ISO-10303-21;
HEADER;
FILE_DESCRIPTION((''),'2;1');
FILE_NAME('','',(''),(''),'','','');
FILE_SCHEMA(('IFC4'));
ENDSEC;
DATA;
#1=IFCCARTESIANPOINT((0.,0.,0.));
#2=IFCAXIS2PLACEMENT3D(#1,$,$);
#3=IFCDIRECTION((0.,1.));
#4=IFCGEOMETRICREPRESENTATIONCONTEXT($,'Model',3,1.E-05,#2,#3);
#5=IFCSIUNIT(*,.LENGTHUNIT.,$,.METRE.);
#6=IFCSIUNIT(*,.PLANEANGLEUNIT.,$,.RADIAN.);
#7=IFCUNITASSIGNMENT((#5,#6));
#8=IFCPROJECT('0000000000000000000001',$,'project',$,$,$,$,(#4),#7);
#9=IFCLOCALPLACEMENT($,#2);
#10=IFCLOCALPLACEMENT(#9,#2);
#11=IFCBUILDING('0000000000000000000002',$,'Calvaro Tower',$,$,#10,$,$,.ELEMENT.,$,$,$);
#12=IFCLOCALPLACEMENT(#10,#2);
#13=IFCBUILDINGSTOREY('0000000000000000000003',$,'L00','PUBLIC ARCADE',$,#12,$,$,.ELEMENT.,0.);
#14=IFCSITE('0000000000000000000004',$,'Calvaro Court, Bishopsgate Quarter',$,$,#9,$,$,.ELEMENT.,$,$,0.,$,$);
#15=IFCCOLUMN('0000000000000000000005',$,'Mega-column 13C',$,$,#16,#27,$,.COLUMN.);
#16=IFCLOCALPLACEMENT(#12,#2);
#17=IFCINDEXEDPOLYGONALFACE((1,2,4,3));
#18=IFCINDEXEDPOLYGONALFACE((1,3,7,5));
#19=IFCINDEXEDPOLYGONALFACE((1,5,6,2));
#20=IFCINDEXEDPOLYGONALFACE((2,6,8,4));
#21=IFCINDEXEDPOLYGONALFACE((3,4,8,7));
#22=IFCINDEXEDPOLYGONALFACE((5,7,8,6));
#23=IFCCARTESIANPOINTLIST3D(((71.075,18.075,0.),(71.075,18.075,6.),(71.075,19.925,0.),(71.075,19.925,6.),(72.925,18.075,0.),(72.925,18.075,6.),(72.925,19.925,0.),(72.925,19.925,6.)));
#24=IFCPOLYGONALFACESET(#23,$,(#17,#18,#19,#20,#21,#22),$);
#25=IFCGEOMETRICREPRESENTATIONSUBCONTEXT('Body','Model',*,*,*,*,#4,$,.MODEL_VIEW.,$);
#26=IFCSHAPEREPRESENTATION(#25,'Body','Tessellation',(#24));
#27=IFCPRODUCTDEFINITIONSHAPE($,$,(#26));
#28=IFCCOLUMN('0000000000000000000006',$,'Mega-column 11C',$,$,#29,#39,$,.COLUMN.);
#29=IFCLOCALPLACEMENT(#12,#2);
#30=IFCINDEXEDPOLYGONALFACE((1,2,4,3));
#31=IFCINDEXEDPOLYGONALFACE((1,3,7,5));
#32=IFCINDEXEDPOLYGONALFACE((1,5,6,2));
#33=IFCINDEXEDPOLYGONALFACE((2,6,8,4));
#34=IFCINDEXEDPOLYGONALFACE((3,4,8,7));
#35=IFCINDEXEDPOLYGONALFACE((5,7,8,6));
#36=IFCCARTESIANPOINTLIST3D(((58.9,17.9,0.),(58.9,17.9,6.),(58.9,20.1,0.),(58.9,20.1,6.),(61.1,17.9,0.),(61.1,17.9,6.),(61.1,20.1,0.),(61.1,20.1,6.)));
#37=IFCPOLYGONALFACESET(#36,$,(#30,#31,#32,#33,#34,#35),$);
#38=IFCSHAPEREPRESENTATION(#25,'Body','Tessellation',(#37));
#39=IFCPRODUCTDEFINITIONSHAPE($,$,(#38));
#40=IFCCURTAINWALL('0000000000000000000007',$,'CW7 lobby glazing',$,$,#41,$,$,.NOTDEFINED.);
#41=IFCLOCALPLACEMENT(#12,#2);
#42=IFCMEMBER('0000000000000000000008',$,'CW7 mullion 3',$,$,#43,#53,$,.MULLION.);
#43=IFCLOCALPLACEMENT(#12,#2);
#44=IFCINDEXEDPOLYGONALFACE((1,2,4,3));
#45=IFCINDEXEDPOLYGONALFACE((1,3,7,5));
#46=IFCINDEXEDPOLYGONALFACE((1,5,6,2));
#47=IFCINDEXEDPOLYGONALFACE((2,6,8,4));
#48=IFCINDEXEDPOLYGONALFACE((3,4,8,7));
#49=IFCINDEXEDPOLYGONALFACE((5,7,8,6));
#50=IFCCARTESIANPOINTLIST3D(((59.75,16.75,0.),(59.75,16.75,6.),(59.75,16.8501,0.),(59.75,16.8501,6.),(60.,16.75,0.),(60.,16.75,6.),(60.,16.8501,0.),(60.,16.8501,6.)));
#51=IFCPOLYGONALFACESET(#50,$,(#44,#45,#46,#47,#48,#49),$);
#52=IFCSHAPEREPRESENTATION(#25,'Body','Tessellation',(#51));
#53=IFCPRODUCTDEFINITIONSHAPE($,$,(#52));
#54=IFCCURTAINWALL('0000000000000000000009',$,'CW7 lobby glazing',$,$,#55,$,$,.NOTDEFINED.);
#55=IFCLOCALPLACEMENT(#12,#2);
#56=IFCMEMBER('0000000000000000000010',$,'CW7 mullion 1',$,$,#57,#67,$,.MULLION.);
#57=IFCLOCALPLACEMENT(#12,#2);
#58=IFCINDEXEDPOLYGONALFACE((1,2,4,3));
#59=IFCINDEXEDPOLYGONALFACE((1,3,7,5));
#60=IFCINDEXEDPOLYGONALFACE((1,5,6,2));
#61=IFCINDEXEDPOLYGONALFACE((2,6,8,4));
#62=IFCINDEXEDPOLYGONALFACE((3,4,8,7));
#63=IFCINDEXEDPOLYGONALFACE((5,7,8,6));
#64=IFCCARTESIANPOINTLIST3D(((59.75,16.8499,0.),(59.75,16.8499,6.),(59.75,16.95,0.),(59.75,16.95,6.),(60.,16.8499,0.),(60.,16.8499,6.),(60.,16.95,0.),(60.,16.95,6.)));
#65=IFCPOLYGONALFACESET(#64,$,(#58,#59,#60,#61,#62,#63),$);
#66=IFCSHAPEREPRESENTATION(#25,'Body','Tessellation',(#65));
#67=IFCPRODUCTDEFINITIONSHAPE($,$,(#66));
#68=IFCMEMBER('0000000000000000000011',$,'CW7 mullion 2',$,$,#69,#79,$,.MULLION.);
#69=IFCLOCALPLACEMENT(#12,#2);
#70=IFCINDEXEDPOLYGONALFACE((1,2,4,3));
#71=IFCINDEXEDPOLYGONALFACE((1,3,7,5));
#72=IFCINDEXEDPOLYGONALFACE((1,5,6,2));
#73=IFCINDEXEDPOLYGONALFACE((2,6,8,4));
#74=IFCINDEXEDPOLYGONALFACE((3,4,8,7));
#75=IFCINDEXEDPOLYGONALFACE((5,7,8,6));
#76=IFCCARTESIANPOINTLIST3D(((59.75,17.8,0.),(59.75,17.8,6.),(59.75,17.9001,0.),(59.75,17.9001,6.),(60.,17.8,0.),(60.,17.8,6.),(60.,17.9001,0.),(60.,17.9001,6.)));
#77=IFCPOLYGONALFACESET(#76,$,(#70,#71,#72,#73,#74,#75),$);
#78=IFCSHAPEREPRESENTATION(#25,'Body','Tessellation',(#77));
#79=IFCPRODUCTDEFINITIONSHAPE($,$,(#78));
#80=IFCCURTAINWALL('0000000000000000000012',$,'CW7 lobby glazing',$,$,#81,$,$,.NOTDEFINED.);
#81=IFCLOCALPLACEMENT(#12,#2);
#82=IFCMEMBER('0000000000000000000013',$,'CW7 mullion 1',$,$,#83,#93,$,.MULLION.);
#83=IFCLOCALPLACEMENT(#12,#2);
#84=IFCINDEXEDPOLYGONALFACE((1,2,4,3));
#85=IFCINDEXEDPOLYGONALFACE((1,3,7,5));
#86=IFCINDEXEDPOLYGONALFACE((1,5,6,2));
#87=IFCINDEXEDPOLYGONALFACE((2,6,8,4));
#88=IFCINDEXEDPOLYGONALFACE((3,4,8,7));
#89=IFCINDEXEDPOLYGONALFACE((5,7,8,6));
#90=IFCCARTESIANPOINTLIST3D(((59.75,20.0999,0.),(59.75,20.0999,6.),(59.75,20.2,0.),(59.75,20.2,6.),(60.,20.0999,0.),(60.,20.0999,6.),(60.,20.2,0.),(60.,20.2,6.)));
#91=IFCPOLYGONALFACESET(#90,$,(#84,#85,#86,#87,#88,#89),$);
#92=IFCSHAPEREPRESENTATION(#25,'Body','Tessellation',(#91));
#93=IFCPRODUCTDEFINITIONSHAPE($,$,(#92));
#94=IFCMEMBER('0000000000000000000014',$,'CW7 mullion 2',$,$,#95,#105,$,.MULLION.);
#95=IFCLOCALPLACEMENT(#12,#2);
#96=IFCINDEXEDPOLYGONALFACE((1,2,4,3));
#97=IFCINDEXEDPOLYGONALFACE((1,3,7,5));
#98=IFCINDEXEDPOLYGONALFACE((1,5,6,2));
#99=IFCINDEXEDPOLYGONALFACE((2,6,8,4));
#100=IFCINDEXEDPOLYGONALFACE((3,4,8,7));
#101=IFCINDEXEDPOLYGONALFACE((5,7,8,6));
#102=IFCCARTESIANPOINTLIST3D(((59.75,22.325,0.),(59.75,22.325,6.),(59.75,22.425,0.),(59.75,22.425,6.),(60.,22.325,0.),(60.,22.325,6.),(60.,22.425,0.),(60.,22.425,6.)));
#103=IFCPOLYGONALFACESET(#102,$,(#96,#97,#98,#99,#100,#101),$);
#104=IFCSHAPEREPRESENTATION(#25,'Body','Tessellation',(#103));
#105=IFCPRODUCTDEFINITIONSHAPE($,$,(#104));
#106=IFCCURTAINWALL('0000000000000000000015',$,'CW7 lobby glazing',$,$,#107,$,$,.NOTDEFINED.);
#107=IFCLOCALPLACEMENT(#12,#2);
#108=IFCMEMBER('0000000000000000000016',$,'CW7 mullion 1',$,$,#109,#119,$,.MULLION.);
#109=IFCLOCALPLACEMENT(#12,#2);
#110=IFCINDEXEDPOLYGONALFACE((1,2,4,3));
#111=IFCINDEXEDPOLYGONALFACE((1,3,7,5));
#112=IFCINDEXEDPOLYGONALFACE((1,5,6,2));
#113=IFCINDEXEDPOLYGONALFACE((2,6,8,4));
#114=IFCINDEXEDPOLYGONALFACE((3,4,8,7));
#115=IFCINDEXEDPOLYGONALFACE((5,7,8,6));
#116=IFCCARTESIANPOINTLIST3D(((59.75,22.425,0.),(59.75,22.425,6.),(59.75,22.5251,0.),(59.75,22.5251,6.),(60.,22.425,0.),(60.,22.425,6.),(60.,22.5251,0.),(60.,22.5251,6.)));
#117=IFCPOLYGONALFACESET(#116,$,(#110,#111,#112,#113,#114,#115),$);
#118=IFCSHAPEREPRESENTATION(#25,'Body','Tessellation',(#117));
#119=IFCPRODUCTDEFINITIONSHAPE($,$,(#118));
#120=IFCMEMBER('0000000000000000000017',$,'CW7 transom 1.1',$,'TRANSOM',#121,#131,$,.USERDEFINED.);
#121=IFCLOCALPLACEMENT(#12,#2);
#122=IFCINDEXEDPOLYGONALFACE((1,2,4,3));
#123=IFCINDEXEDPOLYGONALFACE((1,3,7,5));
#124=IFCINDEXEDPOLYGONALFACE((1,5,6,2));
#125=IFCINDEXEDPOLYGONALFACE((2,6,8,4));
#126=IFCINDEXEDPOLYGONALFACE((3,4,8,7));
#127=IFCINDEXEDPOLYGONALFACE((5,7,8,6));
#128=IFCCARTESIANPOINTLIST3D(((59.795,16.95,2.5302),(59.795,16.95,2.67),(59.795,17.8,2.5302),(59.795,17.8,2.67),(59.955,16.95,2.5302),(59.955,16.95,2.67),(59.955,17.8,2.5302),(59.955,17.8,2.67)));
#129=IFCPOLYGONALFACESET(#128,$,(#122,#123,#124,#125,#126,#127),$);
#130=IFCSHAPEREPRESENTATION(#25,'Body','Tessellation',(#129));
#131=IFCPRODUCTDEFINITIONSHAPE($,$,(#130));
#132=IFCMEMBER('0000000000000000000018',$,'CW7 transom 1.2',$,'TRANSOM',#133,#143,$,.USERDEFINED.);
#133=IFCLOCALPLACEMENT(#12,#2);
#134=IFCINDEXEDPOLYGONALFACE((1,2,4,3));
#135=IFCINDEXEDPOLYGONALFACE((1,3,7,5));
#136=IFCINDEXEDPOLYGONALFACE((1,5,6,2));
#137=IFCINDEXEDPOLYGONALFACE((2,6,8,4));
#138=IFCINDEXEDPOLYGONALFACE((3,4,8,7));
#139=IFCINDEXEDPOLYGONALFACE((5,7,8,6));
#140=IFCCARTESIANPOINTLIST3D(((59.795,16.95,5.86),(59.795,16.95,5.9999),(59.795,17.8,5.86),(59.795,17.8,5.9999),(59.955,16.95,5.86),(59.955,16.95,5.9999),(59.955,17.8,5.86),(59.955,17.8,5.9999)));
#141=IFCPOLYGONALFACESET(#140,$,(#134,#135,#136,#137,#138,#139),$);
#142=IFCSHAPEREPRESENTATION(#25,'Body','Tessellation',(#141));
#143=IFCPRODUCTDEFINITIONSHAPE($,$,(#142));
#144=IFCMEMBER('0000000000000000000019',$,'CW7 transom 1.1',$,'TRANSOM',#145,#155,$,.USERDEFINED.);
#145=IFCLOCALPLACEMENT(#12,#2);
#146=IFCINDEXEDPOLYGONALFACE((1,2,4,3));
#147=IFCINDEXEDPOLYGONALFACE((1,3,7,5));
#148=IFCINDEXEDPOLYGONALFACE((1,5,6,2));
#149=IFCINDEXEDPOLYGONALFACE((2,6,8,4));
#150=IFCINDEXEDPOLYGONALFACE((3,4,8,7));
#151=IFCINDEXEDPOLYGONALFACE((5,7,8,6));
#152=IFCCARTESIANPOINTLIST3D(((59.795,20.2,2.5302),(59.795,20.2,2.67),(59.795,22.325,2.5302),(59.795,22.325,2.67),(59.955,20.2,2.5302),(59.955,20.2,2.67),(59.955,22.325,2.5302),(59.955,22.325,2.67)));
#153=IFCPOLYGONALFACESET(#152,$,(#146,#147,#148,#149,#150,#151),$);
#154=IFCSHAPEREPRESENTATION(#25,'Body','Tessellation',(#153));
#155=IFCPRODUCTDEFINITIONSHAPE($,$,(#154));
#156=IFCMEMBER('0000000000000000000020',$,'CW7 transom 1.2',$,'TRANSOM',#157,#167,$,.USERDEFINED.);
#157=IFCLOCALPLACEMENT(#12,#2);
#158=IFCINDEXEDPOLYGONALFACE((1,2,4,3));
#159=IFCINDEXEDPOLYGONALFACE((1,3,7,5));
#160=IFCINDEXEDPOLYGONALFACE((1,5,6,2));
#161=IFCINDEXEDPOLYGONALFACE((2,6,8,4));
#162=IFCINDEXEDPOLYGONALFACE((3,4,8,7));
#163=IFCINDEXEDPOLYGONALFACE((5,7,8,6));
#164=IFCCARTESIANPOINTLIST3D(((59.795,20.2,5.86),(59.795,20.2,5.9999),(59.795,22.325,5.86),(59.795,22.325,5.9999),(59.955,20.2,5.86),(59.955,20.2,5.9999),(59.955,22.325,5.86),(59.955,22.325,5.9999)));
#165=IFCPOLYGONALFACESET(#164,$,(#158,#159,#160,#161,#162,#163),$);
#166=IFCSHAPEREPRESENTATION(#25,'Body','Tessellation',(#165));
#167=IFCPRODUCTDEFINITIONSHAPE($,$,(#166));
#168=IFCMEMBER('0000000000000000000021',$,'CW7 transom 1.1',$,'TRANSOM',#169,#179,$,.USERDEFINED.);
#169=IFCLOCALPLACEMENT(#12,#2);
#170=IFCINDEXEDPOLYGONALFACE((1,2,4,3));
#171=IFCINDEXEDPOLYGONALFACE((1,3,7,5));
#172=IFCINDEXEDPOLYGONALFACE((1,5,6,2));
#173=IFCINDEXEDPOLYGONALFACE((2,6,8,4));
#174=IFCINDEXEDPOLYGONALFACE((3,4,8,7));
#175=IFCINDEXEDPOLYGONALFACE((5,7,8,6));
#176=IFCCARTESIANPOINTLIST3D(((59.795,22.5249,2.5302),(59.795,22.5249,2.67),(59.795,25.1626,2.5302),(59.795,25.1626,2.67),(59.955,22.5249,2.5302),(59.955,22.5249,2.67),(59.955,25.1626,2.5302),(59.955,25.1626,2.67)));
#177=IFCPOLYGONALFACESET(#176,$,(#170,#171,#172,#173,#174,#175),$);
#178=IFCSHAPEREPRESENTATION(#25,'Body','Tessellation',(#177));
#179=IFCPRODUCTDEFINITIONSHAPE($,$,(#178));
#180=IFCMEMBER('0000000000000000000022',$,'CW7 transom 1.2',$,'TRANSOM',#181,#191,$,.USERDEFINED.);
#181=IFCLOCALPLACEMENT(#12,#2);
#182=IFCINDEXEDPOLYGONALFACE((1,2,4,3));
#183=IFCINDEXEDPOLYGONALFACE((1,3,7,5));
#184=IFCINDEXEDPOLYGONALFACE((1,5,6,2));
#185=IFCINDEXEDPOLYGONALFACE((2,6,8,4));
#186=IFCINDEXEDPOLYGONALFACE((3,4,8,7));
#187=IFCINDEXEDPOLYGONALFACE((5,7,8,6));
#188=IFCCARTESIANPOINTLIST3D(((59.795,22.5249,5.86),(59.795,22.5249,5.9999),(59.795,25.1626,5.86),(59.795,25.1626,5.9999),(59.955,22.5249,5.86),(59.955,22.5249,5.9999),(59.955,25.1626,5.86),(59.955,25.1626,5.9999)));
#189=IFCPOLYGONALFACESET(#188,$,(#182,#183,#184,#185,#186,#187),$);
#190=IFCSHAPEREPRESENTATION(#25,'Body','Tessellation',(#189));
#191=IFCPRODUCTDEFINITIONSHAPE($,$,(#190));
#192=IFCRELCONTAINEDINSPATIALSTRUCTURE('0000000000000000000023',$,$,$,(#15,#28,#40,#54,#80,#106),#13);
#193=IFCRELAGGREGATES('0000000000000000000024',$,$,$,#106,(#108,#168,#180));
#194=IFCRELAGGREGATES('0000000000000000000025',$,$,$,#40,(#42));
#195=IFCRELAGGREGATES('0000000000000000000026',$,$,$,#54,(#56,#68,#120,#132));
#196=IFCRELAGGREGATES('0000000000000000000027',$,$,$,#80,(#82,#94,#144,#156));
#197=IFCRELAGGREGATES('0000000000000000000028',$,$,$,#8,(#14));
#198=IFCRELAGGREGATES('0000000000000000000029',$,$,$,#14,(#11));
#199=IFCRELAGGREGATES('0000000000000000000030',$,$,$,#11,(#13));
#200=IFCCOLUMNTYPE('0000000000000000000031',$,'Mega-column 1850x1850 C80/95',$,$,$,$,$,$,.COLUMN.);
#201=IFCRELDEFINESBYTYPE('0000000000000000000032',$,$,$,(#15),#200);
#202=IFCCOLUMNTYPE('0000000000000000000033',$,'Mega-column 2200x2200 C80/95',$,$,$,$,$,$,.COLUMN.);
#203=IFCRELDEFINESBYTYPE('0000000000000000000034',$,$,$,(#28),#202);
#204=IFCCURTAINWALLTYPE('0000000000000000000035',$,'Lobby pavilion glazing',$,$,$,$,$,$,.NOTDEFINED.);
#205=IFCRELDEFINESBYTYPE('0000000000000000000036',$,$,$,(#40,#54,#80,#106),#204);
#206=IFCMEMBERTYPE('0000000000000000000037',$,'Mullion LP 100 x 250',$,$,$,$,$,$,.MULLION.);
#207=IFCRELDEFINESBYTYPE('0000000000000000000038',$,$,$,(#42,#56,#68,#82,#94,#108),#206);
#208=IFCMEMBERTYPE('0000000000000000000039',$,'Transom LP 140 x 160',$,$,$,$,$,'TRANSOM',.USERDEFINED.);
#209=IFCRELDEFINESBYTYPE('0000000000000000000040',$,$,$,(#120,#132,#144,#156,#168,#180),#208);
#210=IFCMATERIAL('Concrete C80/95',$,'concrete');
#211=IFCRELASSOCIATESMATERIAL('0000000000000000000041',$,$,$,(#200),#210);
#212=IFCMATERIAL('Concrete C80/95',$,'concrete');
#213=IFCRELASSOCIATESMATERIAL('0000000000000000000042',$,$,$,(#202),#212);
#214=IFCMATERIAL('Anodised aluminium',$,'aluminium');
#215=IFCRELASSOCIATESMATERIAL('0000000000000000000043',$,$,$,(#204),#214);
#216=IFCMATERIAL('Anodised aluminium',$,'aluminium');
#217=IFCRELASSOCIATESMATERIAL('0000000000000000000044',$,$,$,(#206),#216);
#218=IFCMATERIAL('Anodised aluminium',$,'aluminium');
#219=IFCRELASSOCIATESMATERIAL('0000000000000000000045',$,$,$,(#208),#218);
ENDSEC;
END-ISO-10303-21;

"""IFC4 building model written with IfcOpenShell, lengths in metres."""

from ifc_helpers import new_model, si_unit, direction, frame, origin, origin_2d, place, context, subcontext, project, spatial, rectangle, extrude, material, material_profile, profile_set, type_object, element, aggregate, save


model = new_model("IFC4")

# Units and contexts
model_context = context("Model", 3, precision=1e-05, world=origin(), true_north=direction((0.0, 1.0)))
body_context = subcontext(model_context, "Body", "Model", "MODEL_VIEW")
ifc_project = project(units=[si_unit("LENGTHUNIT", "METRE"), si_unit("PLANEANGLEUNIT", "RADIAN")], contexts=[model_context])

# Site, building, storey
site_placement = place(None, origin())
site = spatial("IfcSite", under=ifc_project, at=site_placement, Name="Calvaro Court, Bishopsgate Quarter", CompositionType="ELEMENT", RefElevation=0.0)
building_placement = place(site_placement, origin())
building = spatial("IfcBuilding", under=site, at=building_placement, Name="Calvaro Tower", CompositionType="ELEMENT")
storey_placement = place(building_placement, origin())
storey = spatial("IfcBuildingStorey", under=building, at=storey_placement, Name="L00", Description="PUBLIC ARCADE", CompositionType="ELEMENT", Elevation=0.0)

# Columns
ifc_material_1 = material(Name="Concrete C80/95", Category="concrete")
ifc_material_profile_1 = material_profile(ifc_material_1, rectangle(XDim=1.8501, YDim=1.8501, at=origin_2d()), Name="RC 1850x1850")
ifc_profile_set_1 = profile_set([ifc_material_profile_1], Name="Concrete C80/95")
column_type_1 = type_object("IfcColumnType", Name="Mega-column 1850x1850 C80/95", PredefinedType="COLUMN", material=ifc_profile_set_1)
column_1_placement = place(storey_placement, frame((72.0, 19.0, 0.0), z_axis=(0.0, 0.0, 1.0), x_axis=(1.0, 0.0, 0.0)))
element("IfcColumn", 1, at=column_1_placement, inside=storey, type_object=column_type_1, Name="Mega-column 13C", PredefinedType="COLUMN", context=body_context, shape_type="SweptSolid", body=[
    extrude(rectangle(XDim=1.8501, YDim=1.8501, at=origin_2d()), origin(), (0.0, 0.0, 1.0), 6.0),
])
ifc_material_2 = material(Name="Concrete C80/95", Category="concrete")
ifc_material_profile_2 = material_profile(ifc_material_2, rectangle(XDim=2.2, YDim=2.2, at=origin_2d()), Name="RC 2200x2200")
ifc_profile_set_2 = profile_set([ifc_material_profile_2], Name="Concrete C80/95")
column_type_2 = type_object("IfcColumnType", Name="Mega-column 2200x2200 C80/95", PredefinedType="COLUMN", material=ifc_profile_set_2)
column_2_placement = place(storey_placement, frame((60.0, 19.0, 0.0), z_axis=(0.0, 0.0, 1.0), x_axis=(1.0, 0.0, 0.0)))
element("IfcColumn", 2, at=column_2_placement, inside=storey, type_object=column_type_2, Name="Mega-column 11C", PredefinedType="COLUMN", context=body_context, shape_type="SweptSolid", body=[
    extrude(rectangle(XDim=2.2, YDim=2.2, at=origin_2d()), origin(), (0.0, 0.0, 1.0), 6.0),
])

# Curtain wall, member
ifc_material_3 = material(Name="Anodised aluminium", Category="aluminium")
curtain_wall_type = type_object("IfcCurtainWallType", Name="Lobby pavilion glazing", PredefinedType="NOTDEFINED", material=ifc_material_3)
curtain_wall_1_placement = place(storey_placement, origin())
curtain_wall_1 = element("IfcCurtainWall", 3, at=curtain_wall_1_placement, inside=storey, type_object=curtain_wall_type, Name="CW7 lobby glazing", PredefinedType="NOTDEFINED")
ifc_material_4 = material(Name="Anodised aluminium", Category="aluminium")
ifc_material_profile_3 = material_profile(ifc_material_4, rectangle(XDim=0.25, YDim=0.1001, at=origin_2d()), Name="Mullion LP 100 x 250")
ifc_profile_set_3 = profile_set([ifc_material_profile_3], Name="Anodised aluminium")
member_type_1 = type_object("IfcMemberType", Name="Mullion LP 100 x 250", PredefinedType="MULLION", material=ifc_profile_set_3)
member_1_placement = place(storey_placement, frame((59.875, 16.8, 0.0), z_axis=(0.0, 0.0, 1.0), x_axis=(-1.0, 0.0, 0.0)))
member_1 = element("IfcMember", 4, at=member_1_placement, type_object=member_type_1, Name="CW7 mullion 3", PredefinedType="MULLION", context=body_context, shape_type="SweptSolid", body=[
    extrude(rectangle(XDim=0.25, YDim=0.1001, at=origin_2d()), origin(), (0.0, 0.0, 1.0), 6.0),
])

# Curtain walls, members
curtain_wall_2_placement = place(storey_placement, origin())
curtain_wall_2 = element("IfcCurtainWall", 5, at=curtain_wall_2_placement, inside=storey, type_object=curtain_wall_type, Name="CW7 lobby glazing", PredefinedType="NOTDEFINED")
member_2_placement = place(storey_placement, frame((59.875, 16.8999, 0.0), z_axis=(0.0, 0.0, 1.0), x_axis=(-1.0, 0.0, 0.0)))
member_2 = element("IfcMember", 6, at=member_2_placement, type_object=member_type_1, Name="CW7 mullion 1", PredefinedType="MULLION", context=body_context, shape_type="SweptSolid", body=[
    extrude(rectangle(XDim=0.25, YDim=0.1001, at=origin_2d()), origin(), (0.0, 0.0, 1.0), 6.0),
])
member_3_placement = place(storey_placement, frame((59.875, 17.8501, 0.0), z_axis=(0.0, 0.0, 1.0), x_axis=(-1.0, 0.0, 0.0)))
member_3 = element("IfcMember", 7, at=member_3_placement, type_object=member_type_1, Name="CW7 mullion 2", PredefinedType="MULLION", context=body_context, shape_type="SweptSolid", body=[
    extrude(rectangle(XDim=0.25, YDim=0.1001, at=origin_2d()), origin(), (0.0, 0.0, 1.0), 6.0),
])
curtain_wall_3_placement = place(storey_placement, origin())
curtain_wall_3 = element("IfcCurtainWall", 8, at=curtain_wall_3_placement, inside=storey, type_object=curtain_wall_type, Name="CW7 lobby glazing", PredefinedType="NOTDEFINED")
member_4_placement = place(storey_placement, frame((59.875, 20.1499, 0.0), z_axis=(0.0, 0.0, 1.0), x_axis=(-1.0, 0.0, 0.0)))
member_4 = element("IfcMember", 9, at=member_4_placement, type_object=member_type_1, Name="CW7 mullion 1", PredefinedType="MULLION", context=body_context, shape_type="SweptSolid", body=[
    extrude(rectangle(XDim=0.25, YDim=0.1001, at=origin_2d()), origin(), (0.0, 0.0, 1.0), 6.0),
])
member_5_placement = place(storey_placement, frame((59.875, 22.375, 0.0), z_axis=(0.0, 0.0, 1.0), x_axis=(-1.0, 0.0, 0.0)))
member_5 = element("IfcMember", 10, at=member_5_placement, type_object=member_type_1, Name="CW7 mullion 2", PredefinedType="MULLION", context=body_context, shape_type="SweptSolid", body=[
    extrude(rectangle(XDim=0.25, YDim=0.1001, at=origin_2d()), origin(), (0.0, 0.0, 1.0), 6.0),
])

# Curtain wall, member
curtain_wall_4_placement = place(storey_placement, origin())
curtain_wall_4 = element("IfcCurtainWall", 11, at=curtain_wall_4_placement, inside=storey, type_object=curtain_wall_type, Name="CW7 lobby glazing", PredefinedType="NOTDEFINED")
member_6_placement = place(storey_placement, frame((59.875, 22.4751, 0.0), z_axis=(0.0, 0.0, 1.0), x_axis=(-1.0, 0.0, 0.0)))
member_6 = element("IfcMember", 12, at=member_6_placement, type_object=member_type_1, Name="CW7 mullion 1", PredefinedType="MULLION", context=body_context, shape_type="SweptSolid", body=[
    extrude(rectangle(XDim=0.25, YDim=0.1001, at=origin_2d()), origin(), (0.0, 0.0, 1.0), 6.0),
])

# Members
ifc_material_5 = material(Name="Anodised aluminium", Category="aluminium")
ifc_material_profile_4 = material_profile(ifc_material_5, rectangle(XDim=0.1599, YDim=0.1399, at=origin_2d()), Name="Transom LP 140 x 160")
ifc_profile_set_4 = profile_set([ifc_material_profile_4], Name="Anodised aluminium")
member_type_2 = type_object("IfcMemberType", Name="Transom LP 140 x 160", ElementType="TRANSOM", PredefinedType="USERDEFINED", material=ifc_profile_set_4)
member_7_placement = place(storey_placement, frame((59.875, 16.95, 2.6001), z_axis=(0.0, 1.0, 0.0), x_axis=(-1.0, 0.0, 0.0)))
member_7 = element("IfcMember", 13, at=member_7_placement, type_object=member_type_2, Name="CW7 transom 1.1", ObjectType="TRANSOM", PredefinedType="USERDEFINED", context=body_context, shape_type="SweptSolid", body=[
    extrude(rectangle(XDim=0.1599, YDim=0.1399, at=origin_2d()), origin(), (0.0, 0.0, 1.0), 0.8501),
])
member_8_placement = place(storey_placement, frame((59.875, 16.95, 5.9299), z_axis=(0.0, 1.0, 0.0), x_axis=(-1.0, 0.0, 0.0)))
member_8 = element("IfcMember", 14, at=member_8_placement, type_object=member_type_2, Name="CW7 transom 1.2", ObjectType="TRANSOM", PredefinedType="USERDEFINED", context=body_context, shape_type="SweptSolid", body=[
    extrude(rectangle(XDim=0.1599, YDim=0.1399, at=origin_2d()), origin(), (0.0, 0.0, 1.0), 0.8501),
])
member_9_placement = place(storey_placement, frame((59.875, 20.2, 2.6001), z_axis=(0.0, 1.0, 0.0), x_axis=(-1.0, 0.0, 0.0)))
member_9 = element("IfcMember", 15, at=member_9_placement, type_object=member_type_2, Name="CW7 transom 1.1", ObjectType="TRANSOM", PredefinedType="USERDEFINED", context=body_context, shape_type="SweptSolid", body=[
    extrude(rectangle(XDim=0.1599, YDim=0.1399, at=origin_2d()), origin(), (0.0, 0.0, 1.0), 2.125),
])
member_10_placement = place(storey_placement, frame((59.875, 20.2, 5.9299), z_axis=(0.0, 1.0, 0.0), x_axis=(-1.0, 0.0, 0.0)))
member_10 = element("IfcMember", 16, at=member_10_placement, type_object=member_type_2, Name="CW7 transom 1.2", ObjectType="TRANSOM", PredefinedType="USERDEFINED", context=body_context, shape_type="SweptSolid", body=[
    extrude(rectangle(XDim=0.1599, YDim=0.1399, at=origin_2d()), origin(), (0.0, 0.0, 1.0), 2.125),
])
member_11_placement = place(storey_placement, frame((59.875, 22.5249, 2.6001), z_axis=(0.0, 1.0, 0.0), x_axis=(-1.0, 0.0, 0.0)))
member_11 = element("IfcMember", 17, at=member_11_placement, type_object=member_type_2, Name="CW7 transom 1.1", ObjectType="TRANSOM", PredefinedType="USERDEFINED", context=body_context, shape_type="SweptSolid", body=[
    extrude(rectangle(XDim=0.1599, YDim=0.1399, at=origin_2d()), origin(), (0.0, 0.0, 1.0), 2.6377),
])
member_12_placement = place(storey_placement, frame((59.875, 22.5249, 5.9299), z_axis=(0.0, 1.0, 0.0), x_axis=(-1.0, 0.0, 0.0)))
member_12 = element("IfcMember", 18, at=member_12_placement, type_object=member_type_2, Name="CW7 transom 1.2", ObjectType="TRANSOM", PredefinedType="USERDEFINED", context=body_context, shape_type="SweptSolid", body=[
    extrude(rectangle(XDim=0.1599, YDim=0.1399, at=origin_2d()), origin(), (0.0, 0.0, 1.0), 2.6377),
])
aggregate(curtain_wall_4, [member_6, member_11, member_12])

aggregate(curtain_wall_1, [member_1])
aggregate(curtain_wall_2, [member_2, member_3, member_7, member_8])
aggregate(curtain_wall_3, [member_4, member_5, member_9, member_10])

save(model, "model.ifc")
